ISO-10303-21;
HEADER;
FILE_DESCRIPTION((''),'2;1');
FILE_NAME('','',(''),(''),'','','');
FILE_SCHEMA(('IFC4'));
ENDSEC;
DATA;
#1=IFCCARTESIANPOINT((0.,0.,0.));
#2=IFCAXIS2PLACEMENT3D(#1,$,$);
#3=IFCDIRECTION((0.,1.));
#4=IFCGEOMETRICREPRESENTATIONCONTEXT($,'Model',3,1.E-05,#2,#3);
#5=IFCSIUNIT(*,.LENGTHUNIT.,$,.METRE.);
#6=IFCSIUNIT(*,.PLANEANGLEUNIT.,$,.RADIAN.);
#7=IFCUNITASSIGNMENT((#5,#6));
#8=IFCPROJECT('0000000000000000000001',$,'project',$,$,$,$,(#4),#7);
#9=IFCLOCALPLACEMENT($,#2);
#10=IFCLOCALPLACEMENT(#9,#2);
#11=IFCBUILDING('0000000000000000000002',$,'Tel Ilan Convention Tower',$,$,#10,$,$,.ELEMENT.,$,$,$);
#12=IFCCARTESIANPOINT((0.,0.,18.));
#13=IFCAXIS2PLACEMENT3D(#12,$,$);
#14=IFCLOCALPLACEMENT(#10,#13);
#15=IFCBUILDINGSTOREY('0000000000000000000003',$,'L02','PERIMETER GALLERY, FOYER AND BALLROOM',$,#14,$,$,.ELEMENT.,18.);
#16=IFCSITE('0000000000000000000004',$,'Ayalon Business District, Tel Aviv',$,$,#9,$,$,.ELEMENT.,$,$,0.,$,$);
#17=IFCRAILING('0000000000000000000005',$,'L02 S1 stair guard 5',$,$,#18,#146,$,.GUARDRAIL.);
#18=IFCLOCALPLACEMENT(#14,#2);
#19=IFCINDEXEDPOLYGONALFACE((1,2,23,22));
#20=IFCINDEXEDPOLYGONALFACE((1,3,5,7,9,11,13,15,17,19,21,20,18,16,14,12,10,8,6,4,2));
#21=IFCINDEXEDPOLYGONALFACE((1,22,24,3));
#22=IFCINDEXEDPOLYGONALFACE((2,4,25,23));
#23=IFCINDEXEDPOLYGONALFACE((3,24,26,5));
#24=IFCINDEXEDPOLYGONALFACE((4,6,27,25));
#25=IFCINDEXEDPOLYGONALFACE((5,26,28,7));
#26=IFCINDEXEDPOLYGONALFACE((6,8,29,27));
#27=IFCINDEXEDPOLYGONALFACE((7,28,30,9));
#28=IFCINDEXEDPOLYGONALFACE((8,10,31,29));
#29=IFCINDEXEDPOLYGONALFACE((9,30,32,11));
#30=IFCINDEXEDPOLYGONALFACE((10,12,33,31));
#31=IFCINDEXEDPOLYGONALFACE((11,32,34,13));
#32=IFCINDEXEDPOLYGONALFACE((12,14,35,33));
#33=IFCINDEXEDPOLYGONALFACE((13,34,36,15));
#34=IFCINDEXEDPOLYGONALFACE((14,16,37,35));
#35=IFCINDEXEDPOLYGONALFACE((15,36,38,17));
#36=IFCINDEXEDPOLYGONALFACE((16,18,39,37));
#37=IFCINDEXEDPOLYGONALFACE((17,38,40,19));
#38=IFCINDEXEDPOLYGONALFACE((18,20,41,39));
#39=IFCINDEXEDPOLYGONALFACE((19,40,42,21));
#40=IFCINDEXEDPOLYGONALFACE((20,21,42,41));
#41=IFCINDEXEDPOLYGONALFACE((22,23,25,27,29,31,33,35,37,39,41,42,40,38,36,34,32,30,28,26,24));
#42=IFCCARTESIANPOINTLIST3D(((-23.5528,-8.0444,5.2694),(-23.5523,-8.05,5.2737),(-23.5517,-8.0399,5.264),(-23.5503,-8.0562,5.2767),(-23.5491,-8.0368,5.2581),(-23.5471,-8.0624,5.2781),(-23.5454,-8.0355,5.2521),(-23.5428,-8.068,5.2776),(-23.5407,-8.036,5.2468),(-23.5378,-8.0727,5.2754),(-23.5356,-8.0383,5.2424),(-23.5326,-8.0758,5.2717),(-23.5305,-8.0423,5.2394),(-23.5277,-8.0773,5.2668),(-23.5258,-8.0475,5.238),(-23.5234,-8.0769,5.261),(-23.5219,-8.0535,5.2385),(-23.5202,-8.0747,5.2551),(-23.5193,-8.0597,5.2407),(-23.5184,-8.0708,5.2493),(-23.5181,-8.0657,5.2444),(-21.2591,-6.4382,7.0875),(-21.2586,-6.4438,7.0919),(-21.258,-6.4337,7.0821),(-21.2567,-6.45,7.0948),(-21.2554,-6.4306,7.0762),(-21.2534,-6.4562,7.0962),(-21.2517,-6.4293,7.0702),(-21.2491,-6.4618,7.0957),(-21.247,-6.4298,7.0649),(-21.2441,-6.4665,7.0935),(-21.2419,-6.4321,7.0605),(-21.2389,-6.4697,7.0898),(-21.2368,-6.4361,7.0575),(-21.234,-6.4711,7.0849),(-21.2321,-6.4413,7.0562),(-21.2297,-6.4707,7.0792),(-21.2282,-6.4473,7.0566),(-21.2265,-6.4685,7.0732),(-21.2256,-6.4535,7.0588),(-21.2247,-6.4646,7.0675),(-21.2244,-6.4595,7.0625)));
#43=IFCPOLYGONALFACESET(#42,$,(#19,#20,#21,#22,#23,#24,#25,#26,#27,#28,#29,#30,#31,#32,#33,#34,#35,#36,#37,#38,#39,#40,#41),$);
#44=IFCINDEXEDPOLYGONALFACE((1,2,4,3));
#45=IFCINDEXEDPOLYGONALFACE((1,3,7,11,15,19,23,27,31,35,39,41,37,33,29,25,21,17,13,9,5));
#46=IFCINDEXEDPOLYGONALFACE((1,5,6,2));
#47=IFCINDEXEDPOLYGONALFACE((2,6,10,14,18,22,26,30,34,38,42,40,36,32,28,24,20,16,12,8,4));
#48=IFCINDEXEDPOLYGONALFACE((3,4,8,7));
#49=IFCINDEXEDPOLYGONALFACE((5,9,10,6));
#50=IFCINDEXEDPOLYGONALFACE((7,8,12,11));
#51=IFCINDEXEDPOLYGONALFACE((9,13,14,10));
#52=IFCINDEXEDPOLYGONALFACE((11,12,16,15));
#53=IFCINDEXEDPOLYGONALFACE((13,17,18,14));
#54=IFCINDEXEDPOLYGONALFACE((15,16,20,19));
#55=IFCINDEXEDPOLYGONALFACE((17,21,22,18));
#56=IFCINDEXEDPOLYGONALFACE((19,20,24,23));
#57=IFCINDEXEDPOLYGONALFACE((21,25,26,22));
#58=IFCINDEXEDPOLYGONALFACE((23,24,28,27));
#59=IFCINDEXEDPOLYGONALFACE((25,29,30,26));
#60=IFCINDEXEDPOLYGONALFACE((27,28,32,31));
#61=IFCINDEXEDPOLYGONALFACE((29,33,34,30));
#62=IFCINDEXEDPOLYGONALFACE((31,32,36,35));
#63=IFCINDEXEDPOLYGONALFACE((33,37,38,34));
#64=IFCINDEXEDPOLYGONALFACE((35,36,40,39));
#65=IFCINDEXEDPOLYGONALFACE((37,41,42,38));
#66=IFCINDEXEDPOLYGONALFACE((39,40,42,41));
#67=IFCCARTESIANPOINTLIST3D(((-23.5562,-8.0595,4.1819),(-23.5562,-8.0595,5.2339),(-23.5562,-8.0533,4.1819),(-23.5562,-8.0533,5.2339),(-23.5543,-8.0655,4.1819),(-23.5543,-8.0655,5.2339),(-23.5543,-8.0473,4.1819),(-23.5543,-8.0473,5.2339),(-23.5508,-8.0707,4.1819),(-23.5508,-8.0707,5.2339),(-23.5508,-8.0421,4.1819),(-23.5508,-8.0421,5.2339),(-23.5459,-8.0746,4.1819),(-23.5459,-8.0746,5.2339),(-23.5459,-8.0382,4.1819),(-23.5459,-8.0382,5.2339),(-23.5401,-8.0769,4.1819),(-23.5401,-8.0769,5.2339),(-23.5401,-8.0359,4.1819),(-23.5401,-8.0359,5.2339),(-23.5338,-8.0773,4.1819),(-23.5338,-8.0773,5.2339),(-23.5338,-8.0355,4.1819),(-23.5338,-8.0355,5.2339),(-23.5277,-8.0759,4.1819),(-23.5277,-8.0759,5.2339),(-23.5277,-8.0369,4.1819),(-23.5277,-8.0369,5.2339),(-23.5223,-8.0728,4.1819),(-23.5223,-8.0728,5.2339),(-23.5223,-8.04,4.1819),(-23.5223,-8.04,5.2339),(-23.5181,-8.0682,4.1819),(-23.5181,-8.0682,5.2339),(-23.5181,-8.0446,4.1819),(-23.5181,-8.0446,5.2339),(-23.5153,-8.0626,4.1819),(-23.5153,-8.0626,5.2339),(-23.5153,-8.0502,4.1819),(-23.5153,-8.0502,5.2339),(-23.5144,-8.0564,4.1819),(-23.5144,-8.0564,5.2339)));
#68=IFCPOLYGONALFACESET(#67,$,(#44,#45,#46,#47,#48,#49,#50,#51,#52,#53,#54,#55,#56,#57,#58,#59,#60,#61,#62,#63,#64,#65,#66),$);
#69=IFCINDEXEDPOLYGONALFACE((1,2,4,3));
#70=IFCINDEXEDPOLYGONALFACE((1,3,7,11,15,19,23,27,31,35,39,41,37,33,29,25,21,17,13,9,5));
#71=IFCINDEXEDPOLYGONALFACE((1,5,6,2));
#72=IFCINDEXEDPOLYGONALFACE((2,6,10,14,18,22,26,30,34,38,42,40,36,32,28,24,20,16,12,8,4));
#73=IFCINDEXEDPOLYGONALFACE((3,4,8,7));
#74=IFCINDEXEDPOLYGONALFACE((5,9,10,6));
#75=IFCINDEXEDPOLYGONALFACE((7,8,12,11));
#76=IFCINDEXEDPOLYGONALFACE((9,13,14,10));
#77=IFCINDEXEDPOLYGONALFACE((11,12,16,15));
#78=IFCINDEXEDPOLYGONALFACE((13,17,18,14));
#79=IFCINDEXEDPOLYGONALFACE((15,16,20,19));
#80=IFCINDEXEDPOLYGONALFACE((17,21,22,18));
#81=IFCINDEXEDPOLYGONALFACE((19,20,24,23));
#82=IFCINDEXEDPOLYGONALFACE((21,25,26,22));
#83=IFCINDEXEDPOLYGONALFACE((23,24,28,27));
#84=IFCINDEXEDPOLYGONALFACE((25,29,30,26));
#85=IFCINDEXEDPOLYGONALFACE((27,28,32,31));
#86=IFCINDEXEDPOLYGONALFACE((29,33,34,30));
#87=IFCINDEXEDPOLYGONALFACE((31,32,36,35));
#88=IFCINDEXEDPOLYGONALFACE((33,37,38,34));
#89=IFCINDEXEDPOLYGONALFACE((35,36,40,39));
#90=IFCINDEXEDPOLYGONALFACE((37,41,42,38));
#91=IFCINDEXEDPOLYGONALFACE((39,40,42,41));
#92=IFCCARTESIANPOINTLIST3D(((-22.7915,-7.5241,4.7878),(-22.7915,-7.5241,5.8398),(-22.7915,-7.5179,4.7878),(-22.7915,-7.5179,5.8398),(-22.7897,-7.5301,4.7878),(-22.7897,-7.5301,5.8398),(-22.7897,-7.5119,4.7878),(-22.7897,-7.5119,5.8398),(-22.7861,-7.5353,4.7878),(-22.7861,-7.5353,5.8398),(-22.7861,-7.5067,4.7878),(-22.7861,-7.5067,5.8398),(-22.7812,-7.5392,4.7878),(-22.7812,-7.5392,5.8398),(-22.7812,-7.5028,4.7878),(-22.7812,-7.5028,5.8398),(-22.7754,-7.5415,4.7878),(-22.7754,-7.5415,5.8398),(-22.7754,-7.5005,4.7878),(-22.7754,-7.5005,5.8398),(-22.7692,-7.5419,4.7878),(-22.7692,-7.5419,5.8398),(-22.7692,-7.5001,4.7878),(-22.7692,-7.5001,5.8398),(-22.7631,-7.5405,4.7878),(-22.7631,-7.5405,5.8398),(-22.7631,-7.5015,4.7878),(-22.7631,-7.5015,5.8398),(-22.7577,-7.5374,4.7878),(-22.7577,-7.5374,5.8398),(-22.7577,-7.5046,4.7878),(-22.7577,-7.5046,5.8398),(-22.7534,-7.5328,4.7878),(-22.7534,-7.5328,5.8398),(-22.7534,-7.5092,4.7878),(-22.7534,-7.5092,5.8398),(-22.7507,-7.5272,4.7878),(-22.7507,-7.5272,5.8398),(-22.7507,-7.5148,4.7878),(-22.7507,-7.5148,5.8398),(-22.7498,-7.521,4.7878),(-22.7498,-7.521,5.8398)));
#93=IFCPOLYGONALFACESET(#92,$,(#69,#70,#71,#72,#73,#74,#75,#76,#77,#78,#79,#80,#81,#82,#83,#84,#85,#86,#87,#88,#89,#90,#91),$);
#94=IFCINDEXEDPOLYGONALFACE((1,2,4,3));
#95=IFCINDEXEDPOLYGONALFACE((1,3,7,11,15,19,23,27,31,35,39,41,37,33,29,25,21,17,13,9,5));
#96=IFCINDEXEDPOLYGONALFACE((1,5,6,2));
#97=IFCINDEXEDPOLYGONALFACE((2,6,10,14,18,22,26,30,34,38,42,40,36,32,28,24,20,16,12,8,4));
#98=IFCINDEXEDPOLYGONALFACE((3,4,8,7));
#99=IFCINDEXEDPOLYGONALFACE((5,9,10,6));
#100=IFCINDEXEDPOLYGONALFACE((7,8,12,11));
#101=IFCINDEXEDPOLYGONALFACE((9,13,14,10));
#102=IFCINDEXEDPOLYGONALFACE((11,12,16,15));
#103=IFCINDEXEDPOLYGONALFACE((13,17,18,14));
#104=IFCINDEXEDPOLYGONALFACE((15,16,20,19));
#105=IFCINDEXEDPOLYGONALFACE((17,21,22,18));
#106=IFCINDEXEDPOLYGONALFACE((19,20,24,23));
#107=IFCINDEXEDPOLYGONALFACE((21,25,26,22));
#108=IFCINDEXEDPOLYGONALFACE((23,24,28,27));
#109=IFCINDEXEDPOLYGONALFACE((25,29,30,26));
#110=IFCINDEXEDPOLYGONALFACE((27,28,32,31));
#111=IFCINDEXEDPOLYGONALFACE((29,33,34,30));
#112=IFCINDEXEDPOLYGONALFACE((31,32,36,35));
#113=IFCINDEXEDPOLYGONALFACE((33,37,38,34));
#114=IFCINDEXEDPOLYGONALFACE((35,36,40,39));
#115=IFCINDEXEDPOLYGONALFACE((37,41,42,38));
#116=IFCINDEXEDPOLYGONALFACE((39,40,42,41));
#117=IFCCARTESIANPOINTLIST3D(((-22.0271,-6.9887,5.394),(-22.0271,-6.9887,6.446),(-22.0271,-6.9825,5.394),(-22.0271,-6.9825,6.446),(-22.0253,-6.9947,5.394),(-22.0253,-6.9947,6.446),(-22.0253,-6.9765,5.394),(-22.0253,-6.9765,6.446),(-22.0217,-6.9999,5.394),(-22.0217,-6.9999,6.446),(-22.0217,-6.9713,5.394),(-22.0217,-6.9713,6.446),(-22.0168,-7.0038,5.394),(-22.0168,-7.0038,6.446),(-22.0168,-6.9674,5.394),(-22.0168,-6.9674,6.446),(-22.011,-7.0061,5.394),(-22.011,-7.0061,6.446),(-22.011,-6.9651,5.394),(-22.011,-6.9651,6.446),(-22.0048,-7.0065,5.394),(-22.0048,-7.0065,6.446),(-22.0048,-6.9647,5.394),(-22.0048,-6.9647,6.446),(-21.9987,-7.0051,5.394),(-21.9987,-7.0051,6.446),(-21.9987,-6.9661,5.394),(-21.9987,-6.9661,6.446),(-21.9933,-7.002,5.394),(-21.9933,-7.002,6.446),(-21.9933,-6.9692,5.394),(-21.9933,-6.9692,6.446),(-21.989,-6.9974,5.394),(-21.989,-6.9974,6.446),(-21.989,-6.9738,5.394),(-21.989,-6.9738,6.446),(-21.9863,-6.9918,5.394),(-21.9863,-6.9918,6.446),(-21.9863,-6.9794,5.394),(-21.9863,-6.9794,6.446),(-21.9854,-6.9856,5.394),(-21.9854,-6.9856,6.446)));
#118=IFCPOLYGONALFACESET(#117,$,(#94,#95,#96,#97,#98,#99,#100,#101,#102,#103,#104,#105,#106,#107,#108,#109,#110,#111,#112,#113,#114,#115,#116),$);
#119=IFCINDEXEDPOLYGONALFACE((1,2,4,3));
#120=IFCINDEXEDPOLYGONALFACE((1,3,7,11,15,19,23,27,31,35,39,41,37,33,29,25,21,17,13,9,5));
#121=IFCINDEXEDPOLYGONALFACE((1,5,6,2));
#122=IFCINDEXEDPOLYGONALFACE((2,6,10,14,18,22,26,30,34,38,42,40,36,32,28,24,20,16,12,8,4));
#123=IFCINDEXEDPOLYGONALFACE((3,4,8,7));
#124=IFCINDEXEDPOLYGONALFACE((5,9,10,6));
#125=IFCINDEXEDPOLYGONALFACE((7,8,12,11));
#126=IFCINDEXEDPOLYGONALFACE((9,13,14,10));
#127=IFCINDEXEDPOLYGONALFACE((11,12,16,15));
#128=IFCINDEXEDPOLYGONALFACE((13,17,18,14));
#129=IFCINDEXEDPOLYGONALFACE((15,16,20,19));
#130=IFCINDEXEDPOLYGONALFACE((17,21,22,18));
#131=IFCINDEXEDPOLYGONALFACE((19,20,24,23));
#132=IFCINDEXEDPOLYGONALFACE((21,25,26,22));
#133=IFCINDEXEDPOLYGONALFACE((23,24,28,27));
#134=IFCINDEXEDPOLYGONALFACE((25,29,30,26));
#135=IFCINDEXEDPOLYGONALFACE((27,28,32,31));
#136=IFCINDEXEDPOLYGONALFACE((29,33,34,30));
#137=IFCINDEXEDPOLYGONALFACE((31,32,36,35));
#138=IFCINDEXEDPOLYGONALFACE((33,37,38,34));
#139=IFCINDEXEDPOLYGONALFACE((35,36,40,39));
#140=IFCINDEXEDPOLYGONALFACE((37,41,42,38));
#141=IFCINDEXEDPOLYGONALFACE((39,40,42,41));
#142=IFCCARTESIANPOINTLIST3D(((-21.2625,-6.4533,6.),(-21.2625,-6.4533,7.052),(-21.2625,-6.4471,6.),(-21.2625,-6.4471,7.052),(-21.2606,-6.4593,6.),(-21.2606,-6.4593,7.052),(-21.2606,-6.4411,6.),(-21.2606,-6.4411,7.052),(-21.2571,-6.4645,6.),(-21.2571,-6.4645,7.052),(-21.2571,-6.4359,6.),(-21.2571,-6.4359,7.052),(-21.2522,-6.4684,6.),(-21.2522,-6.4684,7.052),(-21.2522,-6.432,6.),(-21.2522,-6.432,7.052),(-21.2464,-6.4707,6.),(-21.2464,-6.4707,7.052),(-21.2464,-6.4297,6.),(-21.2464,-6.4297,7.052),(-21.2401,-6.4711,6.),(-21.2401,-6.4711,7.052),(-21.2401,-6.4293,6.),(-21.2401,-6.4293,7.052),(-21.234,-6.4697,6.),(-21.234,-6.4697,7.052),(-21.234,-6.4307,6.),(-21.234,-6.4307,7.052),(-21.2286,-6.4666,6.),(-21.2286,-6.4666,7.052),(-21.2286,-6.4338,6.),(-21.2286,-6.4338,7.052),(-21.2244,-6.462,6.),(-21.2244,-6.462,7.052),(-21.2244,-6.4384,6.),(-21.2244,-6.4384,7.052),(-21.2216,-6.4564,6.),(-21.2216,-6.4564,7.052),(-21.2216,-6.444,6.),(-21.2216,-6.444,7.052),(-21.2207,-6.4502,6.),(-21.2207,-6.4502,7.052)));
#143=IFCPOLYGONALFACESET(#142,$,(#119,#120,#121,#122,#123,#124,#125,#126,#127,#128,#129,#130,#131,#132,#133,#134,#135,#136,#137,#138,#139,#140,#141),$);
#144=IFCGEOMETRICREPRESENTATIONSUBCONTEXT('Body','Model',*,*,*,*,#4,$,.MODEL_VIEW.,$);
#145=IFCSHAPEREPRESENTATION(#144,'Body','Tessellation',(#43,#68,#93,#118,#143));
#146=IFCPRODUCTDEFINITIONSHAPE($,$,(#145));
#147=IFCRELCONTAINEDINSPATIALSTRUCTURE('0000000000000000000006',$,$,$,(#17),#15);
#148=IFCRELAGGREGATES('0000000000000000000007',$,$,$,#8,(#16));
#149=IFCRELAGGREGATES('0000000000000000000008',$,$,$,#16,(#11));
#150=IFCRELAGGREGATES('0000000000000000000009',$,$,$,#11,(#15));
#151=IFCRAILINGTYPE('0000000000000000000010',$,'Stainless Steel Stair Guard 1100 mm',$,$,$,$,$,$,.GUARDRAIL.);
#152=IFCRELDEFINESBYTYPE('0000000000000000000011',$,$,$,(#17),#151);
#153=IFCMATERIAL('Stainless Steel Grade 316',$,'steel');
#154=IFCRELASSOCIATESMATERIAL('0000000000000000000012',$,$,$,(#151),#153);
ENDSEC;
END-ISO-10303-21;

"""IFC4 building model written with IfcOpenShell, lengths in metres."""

from ifc_helpers import new_model, si_unit, direction, frame, origin, origin_2d, place, context, subcontext, project, spatial, circle, extrude, material, type_object, element, save


model = new_model("IFC4")

# Units and contexts
model_context = context("Model", 3, precision=1e-05, world=origin(), true_north=direction((0.0, 1.0)))
body_context = subcontext(model_context, "Body", "Model", "MODEL_VIEW")
ifc_project = project(units=[si_unit("LENGTHUNIT", "METRE"), si_unit("PLANEANGLEUNIT", "RADIAN")], contexts=[model_context])

# Site, building, storey
site_placement = place(None, origin())
site = spatial("IfcSite", under=ifc_project, at=site_placement, Name="Ayalon Business District, Tel Aviv", CompositionType="ELEMENT", RefElevation=0.0)
building_placement = place(site_placement, origin())
building = spatial("IfcBuilding", under=site, at=building_placement, Name="Tel Ilan Convention Tower", CompositionType="ELEMENT")
storey_placement = place(building_placement, frame((0.0, 0.0, 18.0)))
storey = spatial("IfcBuildingStorey", under=building, at=storey_placement, Name="L02", Description="PERIMETER GALLERY, FOYER AND BALLROOM", CompositionType="ELEMENT", Elevation=18.0)

# Railing
ifc_material_1 = material(Name="Stainless Steel Grade 316", Category="steel")
railing_type = type_object("IfcRailingType", Name="Stainless Steel Stair Guard 1100 mm", PredefinedType="GUARDRAIL", material=ifc_material_1)
railing_1_placement = place(storey_placement, frame((-23.5354, -8.0564, 4.1819)))
element("IfcRailing", 1, at=railing_1_placement, inside=storey, type_object=railing_type, Name="L02 S1 stair guard 5", PredefinedType="GUARDRAIL", context=body_context, shape_type="SweptSolid", body=[
    extrude(circle(Radius=0.0239, at=origin_2d()), frame((0.0, 0.0, 1.0762), z_axis=(0.687017, 0.481095, 0.544568), x_axis=(-0.573609, 0.81913, 0.0)), (0.0, 0.0, 1.0), 3.3386),
    extrude(circle(Radius=0.021, at=origin_2d()), origin(), (0.0, 0.0, 1.0), 1.052),
    extrude(circle(Radius=0.021, at=origin_2d()), frame((0.7646, 0.5354, 0.606)), (0.0, 0.0, 1.0), 1.052),
    extrude(circle(Radius=0.021, at=origin_2d()), frame((1.5291, 1.0708, 1.2122)), (0.0, 0.0, 1.0), 1.052),
    extrude(circle(Radius=0.021, at=origin_2d()), frame((2.2937, 1.6062, 1.8181)), (0.0, 0.0, 1.0), 1.052),
])

save(model, "model.ifc")
